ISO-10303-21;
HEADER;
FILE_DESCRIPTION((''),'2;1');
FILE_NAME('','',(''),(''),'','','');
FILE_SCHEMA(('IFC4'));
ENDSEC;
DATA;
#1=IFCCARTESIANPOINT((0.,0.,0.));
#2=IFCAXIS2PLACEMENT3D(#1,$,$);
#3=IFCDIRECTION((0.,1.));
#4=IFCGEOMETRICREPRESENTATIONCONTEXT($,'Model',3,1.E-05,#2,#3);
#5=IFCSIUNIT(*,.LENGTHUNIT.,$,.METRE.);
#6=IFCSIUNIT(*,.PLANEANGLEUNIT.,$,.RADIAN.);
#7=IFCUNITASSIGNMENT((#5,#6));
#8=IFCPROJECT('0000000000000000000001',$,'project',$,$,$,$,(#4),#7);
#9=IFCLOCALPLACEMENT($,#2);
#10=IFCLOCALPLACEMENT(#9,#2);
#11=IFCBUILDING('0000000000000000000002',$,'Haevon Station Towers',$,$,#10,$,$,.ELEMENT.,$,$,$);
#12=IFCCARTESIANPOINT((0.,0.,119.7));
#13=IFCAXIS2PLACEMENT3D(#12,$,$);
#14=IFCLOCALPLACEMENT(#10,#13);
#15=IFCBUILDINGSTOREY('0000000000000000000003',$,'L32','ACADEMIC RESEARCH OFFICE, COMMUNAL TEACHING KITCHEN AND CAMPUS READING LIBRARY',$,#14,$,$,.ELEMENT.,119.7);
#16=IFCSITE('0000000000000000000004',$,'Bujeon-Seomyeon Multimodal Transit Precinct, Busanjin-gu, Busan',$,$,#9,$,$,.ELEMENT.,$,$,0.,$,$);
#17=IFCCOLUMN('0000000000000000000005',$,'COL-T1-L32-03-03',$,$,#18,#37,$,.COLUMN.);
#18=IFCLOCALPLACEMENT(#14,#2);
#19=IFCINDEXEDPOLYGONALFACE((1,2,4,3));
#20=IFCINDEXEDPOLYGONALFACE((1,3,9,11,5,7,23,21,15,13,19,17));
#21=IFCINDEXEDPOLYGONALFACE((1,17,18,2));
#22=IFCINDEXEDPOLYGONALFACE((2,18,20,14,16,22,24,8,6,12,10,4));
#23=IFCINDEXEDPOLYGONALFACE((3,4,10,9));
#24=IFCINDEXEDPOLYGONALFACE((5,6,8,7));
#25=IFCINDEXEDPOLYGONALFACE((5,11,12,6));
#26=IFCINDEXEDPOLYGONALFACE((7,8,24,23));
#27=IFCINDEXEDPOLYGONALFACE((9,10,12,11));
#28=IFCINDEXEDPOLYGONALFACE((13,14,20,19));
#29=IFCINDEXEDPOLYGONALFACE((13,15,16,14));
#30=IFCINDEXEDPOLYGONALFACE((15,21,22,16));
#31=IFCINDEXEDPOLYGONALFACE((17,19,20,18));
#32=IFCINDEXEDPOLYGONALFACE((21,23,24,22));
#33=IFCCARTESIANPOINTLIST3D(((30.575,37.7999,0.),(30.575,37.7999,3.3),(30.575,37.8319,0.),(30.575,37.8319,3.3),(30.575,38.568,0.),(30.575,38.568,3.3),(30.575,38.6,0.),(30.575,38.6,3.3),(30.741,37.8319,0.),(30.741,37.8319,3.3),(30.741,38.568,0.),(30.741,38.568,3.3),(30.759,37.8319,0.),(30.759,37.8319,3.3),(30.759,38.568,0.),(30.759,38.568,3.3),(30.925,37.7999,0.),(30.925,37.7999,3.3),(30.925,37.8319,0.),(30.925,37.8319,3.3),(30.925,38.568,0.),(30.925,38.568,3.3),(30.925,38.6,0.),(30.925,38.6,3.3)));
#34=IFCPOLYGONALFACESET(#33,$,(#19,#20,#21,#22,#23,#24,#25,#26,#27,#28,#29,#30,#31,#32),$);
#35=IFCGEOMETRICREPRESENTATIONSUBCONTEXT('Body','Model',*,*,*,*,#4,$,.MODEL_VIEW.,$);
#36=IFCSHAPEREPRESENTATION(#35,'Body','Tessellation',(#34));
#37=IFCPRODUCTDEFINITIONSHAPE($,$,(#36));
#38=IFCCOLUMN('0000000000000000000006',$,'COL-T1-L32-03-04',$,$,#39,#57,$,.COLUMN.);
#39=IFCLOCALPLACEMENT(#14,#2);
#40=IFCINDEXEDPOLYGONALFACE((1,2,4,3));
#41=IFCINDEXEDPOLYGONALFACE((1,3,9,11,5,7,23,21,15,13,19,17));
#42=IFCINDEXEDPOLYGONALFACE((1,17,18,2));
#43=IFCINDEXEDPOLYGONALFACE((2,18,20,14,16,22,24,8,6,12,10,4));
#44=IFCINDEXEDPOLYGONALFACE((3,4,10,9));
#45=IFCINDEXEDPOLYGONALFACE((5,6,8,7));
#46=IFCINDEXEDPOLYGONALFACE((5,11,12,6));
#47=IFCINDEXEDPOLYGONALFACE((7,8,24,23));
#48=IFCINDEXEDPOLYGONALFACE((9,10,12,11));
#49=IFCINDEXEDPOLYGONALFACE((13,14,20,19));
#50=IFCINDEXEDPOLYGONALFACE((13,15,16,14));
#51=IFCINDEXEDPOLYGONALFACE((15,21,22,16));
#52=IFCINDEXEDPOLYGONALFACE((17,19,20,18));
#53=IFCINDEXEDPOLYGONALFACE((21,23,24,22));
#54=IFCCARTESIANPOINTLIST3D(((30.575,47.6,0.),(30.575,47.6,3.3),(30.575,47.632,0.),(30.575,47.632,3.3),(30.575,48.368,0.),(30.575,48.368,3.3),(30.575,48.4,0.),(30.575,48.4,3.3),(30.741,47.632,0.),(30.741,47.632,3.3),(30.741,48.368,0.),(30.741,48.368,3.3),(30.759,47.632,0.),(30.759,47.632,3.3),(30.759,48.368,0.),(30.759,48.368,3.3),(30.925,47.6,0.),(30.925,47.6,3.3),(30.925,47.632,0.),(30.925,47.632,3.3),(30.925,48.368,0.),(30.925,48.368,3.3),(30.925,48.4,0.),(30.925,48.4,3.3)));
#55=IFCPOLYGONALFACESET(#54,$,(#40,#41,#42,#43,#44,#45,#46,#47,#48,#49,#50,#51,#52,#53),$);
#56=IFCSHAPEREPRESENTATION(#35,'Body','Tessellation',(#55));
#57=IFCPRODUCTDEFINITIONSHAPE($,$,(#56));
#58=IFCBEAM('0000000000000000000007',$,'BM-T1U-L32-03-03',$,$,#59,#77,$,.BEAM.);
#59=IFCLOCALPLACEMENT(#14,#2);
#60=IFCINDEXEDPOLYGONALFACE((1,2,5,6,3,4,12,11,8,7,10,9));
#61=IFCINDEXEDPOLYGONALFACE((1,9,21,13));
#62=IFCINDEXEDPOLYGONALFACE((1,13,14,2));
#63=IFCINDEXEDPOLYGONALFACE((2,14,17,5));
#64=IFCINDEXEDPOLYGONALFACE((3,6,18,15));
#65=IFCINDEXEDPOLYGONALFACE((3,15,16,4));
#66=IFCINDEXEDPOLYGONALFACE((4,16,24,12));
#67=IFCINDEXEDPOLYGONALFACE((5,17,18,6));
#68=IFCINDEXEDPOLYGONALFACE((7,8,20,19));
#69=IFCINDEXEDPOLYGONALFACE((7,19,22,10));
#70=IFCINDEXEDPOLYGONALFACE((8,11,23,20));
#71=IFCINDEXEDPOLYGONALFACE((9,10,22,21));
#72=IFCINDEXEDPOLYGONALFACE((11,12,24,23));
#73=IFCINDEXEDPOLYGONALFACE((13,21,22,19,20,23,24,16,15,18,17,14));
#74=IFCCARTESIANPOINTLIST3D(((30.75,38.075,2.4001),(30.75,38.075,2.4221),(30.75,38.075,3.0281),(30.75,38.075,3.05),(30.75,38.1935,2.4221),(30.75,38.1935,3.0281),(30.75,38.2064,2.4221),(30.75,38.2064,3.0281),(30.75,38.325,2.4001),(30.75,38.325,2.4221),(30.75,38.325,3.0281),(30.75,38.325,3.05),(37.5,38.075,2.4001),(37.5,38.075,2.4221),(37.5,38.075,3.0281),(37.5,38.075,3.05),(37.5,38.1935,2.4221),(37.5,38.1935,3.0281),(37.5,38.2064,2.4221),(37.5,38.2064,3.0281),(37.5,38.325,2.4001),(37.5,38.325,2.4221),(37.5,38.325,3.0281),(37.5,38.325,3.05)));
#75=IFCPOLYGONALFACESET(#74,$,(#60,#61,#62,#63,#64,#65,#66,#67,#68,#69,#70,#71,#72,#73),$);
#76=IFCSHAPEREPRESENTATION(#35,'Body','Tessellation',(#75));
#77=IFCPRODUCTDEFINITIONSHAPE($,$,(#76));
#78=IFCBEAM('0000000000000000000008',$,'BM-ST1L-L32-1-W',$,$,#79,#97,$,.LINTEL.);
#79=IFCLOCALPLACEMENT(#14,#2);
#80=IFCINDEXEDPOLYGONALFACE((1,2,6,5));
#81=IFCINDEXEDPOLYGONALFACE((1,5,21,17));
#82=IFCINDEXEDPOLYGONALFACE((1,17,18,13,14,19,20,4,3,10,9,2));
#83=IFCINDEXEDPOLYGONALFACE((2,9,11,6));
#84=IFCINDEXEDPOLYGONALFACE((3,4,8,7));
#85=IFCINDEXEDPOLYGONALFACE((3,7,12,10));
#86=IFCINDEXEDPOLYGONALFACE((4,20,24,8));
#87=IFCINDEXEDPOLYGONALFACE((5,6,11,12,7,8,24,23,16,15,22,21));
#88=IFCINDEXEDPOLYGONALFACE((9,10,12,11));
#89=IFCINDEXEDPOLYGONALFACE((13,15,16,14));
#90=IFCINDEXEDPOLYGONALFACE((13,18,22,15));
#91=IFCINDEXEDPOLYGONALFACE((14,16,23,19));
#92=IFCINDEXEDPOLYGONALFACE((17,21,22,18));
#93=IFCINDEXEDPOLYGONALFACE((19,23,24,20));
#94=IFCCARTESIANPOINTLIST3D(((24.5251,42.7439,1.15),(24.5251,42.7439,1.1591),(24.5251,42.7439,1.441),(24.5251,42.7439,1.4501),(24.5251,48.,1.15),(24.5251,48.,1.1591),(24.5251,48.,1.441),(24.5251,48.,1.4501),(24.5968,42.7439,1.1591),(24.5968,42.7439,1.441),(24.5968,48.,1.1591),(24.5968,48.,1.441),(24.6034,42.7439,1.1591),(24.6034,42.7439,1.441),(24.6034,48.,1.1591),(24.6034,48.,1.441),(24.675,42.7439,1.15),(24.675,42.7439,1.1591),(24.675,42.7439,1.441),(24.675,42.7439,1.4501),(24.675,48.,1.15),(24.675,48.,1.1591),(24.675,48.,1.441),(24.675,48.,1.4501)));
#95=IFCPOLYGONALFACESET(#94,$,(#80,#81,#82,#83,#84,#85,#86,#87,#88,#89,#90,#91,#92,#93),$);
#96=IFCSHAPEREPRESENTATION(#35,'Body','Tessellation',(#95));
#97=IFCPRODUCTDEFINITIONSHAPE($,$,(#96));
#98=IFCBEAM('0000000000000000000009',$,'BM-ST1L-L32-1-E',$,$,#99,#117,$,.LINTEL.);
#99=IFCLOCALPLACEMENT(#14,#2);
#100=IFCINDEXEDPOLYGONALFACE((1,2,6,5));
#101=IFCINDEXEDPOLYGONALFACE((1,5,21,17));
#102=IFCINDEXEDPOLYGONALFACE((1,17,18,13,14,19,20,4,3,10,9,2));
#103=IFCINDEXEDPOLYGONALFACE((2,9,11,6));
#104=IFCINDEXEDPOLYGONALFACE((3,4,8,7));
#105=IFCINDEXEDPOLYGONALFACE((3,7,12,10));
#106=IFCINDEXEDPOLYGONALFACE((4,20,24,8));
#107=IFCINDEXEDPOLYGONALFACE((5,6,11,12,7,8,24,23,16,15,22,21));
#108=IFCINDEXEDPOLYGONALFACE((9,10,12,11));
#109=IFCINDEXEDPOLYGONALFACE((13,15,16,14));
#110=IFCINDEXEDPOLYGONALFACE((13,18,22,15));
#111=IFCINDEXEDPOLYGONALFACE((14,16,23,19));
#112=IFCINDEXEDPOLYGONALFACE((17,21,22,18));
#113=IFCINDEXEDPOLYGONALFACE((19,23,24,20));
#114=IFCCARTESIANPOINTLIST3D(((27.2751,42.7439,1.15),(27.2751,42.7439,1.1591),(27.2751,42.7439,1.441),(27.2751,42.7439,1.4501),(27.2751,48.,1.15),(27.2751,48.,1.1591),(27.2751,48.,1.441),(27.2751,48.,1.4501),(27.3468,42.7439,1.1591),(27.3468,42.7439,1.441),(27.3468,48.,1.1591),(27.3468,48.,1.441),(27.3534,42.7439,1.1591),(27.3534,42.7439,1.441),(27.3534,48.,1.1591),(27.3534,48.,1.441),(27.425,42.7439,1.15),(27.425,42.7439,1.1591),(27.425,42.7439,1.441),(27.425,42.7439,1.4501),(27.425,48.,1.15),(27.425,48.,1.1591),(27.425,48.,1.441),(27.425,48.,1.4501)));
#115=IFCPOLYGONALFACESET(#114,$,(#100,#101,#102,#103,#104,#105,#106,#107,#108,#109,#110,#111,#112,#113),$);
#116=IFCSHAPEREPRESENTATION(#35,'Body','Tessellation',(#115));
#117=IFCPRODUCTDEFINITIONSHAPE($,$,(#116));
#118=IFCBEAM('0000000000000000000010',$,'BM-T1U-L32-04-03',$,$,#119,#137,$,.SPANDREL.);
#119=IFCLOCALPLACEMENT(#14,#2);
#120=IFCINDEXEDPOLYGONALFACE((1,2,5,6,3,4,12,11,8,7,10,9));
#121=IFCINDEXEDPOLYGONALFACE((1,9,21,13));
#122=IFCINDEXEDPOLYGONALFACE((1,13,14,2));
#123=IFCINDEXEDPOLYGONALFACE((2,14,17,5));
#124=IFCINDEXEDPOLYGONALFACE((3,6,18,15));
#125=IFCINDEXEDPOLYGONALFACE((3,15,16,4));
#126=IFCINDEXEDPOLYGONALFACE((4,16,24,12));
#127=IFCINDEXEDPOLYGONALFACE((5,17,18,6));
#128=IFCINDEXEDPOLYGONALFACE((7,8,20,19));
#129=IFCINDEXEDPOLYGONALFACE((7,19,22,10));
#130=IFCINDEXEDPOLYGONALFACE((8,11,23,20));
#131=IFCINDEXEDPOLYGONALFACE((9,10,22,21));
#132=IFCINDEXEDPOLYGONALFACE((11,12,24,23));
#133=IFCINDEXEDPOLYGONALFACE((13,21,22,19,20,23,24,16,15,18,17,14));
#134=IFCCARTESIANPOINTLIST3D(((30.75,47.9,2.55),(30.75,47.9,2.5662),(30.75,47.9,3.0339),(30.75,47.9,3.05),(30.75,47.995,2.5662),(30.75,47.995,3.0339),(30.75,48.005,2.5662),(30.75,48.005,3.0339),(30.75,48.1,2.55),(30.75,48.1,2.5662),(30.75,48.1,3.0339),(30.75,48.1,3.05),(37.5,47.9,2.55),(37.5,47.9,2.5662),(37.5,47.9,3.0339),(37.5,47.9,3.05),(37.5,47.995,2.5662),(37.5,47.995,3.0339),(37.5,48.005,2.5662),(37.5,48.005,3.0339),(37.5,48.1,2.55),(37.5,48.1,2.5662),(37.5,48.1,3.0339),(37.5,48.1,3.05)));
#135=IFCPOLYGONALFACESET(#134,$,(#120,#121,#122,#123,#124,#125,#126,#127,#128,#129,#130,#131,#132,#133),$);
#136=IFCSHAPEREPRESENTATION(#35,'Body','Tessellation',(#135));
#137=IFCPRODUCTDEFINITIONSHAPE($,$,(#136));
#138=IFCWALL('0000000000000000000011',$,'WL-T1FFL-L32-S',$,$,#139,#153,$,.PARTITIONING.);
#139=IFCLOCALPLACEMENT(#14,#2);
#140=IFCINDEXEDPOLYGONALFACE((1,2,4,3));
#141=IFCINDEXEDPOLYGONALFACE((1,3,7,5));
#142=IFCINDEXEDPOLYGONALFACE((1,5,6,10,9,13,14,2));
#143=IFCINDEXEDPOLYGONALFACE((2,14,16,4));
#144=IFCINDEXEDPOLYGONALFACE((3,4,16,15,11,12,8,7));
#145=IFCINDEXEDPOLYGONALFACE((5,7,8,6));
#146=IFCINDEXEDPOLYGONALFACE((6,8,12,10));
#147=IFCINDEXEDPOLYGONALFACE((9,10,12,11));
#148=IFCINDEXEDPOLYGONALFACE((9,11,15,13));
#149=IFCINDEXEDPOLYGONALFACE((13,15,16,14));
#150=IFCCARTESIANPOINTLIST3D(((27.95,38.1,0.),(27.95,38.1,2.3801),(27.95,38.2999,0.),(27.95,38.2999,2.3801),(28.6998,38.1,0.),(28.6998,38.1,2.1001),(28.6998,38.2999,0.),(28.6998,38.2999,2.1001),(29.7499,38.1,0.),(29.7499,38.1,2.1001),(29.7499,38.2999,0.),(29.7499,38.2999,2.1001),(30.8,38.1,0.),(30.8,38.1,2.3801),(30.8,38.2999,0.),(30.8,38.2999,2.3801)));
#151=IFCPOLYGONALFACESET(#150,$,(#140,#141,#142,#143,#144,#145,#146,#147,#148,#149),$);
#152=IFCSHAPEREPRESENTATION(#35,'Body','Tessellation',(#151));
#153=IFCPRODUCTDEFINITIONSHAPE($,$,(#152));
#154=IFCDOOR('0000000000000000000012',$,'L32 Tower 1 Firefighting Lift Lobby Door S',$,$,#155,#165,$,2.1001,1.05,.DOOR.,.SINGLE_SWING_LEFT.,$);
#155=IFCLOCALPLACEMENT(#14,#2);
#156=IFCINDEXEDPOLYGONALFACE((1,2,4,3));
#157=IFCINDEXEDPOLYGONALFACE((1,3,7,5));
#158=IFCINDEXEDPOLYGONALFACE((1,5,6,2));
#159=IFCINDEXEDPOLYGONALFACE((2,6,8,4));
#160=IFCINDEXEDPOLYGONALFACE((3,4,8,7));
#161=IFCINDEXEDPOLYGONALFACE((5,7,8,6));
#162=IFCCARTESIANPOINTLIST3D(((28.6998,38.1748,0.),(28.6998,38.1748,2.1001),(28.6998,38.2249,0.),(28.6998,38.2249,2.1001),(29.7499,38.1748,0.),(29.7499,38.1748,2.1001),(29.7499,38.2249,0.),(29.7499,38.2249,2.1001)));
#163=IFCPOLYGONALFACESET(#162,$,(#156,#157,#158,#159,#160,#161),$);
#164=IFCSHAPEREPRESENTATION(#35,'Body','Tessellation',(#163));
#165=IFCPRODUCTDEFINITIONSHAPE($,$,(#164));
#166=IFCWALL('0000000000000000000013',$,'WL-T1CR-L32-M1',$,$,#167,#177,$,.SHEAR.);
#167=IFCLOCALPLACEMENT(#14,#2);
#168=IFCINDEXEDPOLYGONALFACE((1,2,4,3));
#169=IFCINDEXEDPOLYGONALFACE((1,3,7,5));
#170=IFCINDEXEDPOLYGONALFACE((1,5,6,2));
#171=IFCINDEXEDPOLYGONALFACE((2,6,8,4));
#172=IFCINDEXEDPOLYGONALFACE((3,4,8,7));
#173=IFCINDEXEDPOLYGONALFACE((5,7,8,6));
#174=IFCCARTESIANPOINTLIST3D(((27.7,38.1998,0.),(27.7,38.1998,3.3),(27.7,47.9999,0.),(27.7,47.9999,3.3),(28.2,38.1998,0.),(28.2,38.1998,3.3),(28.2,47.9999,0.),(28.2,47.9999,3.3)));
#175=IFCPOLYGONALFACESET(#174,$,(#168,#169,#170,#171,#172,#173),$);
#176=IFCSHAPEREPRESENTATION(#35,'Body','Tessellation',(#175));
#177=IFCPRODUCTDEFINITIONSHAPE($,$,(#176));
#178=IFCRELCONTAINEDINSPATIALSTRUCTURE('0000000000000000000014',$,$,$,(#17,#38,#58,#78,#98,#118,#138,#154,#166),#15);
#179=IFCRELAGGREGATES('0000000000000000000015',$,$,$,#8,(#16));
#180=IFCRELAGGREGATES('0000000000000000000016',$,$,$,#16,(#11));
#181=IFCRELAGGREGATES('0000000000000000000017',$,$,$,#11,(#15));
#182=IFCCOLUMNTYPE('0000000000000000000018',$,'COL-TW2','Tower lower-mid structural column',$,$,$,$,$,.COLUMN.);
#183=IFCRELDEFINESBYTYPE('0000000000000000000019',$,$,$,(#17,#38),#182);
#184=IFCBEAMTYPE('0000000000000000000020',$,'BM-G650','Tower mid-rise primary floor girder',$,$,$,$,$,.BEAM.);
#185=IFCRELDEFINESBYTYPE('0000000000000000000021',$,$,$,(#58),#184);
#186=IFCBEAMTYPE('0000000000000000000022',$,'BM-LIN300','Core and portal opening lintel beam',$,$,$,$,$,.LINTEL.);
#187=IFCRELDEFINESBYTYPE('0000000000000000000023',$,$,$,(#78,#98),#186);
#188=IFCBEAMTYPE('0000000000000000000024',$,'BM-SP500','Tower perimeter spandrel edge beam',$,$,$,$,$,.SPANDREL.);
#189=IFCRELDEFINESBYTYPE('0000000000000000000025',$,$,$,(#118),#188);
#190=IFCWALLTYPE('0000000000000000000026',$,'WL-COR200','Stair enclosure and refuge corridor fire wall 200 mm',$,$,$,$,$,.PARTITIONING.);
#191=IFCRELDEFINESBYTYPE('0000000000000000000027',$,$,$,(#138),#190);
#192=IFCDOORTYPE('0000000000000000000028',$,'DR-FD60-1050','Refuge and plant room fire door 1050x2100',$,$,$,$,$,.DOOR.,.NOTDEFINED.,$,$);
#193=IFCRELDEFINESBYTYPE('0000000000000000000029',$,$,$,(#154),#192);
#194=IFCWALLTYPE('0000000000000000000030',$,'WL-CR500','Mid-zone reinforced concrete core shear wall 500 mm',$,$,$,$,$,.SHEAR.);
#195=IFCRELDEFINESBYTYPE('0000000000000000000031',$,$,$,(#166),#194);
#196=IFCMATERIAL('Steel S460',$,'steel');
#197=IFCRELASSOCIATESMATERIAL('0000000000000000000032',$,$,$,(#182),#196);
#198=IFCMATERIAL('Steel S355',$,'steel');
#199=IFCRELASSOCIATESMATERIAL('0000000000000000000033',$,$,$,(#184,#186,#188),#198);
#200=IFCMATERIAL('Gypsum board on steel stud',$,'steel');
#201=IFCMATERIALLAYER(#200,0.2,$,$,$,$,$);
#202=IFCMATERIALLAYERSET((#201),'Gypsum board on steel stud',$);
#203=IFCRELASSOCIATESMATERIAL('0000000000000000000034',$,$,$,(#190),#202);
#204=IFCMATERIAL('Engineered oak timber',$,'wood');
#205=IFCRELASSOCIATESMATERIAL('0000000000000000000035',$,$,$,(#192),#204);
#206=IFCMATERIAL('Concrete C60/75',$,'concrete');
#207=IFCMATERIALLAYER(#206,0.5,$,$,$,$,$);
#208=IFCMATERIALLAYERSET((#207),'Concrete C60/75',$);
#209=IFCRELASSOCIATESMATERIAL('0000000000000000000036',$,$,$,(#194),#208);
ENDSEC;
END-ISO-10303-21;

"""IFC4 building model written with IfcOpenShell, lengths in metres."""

from ifc_helpers import new_model, si_unit, direction, frame, frame_2d, origin, origin_2d, place, context, subcontext, project, spatial, rectangle, i_section, extrude, material, layer, layer_set, material_profile, profile_set, type_object, element, fill, save


model = new_model("IFC4")

# Units and contexts
model_context = context("Model", 3, precision=1e-05, world=origin(), true_north=direction((0.0, 1.0)))
body_context = subcontext(model_context, "Body", "Model", "MODEL_VIEW")
ifc_project = project(units=[si_unit("LENGTHUNIT", "METRE"), si_unit("PLANEANGLEUNIT", "RADIAN")], contexts=[model_context])

# Site, building, storey
site_placement = place(None, origin())
site = spatial("IfcSite", under=ifc_project, at=site_placement, Name="Bujeon-Seomyeon Multimodal Transit Precinct, Busanjin-gu, Busan", CompositionType="ELEMENT", RefElevation=0.0)
building_placement = place(site_placement, origin())
building = spatial("IfcBuilding", under=site, at=building_placement, Name="Haevon Station Towers", CompositionType="ELEMENT")
storey_placement = place(building_placement, frame((0.0, 0.0, 119.7)))
storey = spatial("IfcBuildingStorey", under=building, at=storey_placement, Name="L32", Description="ACADEMIC RESEARCH OFFICE, COMMUNAL TEACHING KITCHEN AND CAMPUS READING LIBRARY", CompositionType="ELEMENT", Elevation=119.7)

# Columns
ifc_material_1 = material(Name="Steel S460", Category="steel")
ifc_material_profile_1 = material_profile(ifc_material_1, i_section(OverallWidth=0.3501, OverallDepth=0.8, WebThickness=0.0181, FlangeThickness=0.032, at=origin_2d()), Name="H-800x350x18x32")
ifc_profile_set_1 = profile_set([ifc_material_profile_1], Name="Steel S460")
column_type = type_object("IfcColumnType", Name="COL-TW2", Description="Tower lower-mid structural column", PredefinedType="COLUMN", material=ifc_profile_set_1)
for number, where, z_axis, x_axis, name in (
    (1, (30.75, 38.2, 0.0), (0.0, 0.0, 1.0), (1.0, 0.0, 0.0), "COL-T1-L32-03-03"),
    (2, (30.75, 48.0, 0.0), (0.0, 0.0, 1.0), (1.0, 0.0, 0.0), "COL-T1-L32-03-04"),
):
    element("IfcColumn", number, at=place(storey_placement, frame(where, z_axis=z_axis, x_axis=x_axis)), inside=storey, type_object=column_type, Name=name, PredefinedType="COLUMN", context=body_context, shape_type="SweptSolid", body=[
        extrude(i_section(OverallWidth=0.3501, OverallDepth=0.8, WebThickness=0.0181, FlangeThickness=0.032, at=origin_2d()), origin(), (0.0, 0.0, 1.0), 3.3),
    ])

# Beams
ifc_material_2 = material(Name="Steel S355", Category="steel")
ifc_material_profile_2 = material_profile(ifc_material_2, i_section(OverallWidth=0.25, OverallDepth=0.6499, WebThickness=0.0129, FlangeThickness=0.022, at=origin_2d()), Name="H-650x250x13x22")
ifc_profile_set_2 = profile_set([ifc_material_profile_2], Name="Steel S355")
beam_type_1 = type_object("IfcBeamType", Name="BM-G650", Description="Tower mid-rise primary floor girder", PredefinedType="BEAM", material=ifc_profile_set_2)
beam_1_placement = place(storey_placement, frame((30.75, 38.2, 2.7251), z_axis=(1.0, 0.0, 0.0), x_axis=(0.0, 1.0, 0.0)))
element("IfcBeam", 3, at=beam_1_placement, inside=storey, type_object=beam_type_1, Name="BM-T1U-L32-03-03", PredefinedType="BEAM", context=body_context, shape_type="SweptSolid", body=[
    extrude(i_section(OverallWidth=0.25, OverallDepth=0.6499, WebThickness=0.0129, FlangeThickness=0.022, at=origin_2d()), origin(), (0.0, 0.0, 1.0), 6.75),
])
ifc_material_profile_3 = material_profile(ifc_material_2, i_section(OverallWidth=0.1499, OverallDepth=0.3, WebThickness=0.0066, FlangeThickness=0.009, at=origin_2d()), Name="H-300x150x6.5x9")
ifc_profile_set_3 = profile_set([ifc_material_profile_3], Name="Steel S355")
beam_type_2 = type_object("IfcBeamType", Name="BM-LIN300", Description="Core and portal opening lintel beam", PredefinedType="LINTEL", material=ifc_profile_set_3)
for number, where, z_axis, x_axis, name in (
    (4, (24.6001, 42.7439, 1.3), (0.0, 1.0, 0.0), (-1.0, 0.0, 0.0), "BM-ST1L-L32-1-W"),
    (5, (27.3501, 42.7439, 1.3), (0.0, 1.0, 0.0), (-1.0, 0.0, 0.0), "BM-ST1L-L32-1-E"),
):
    element("IfcBeam", number, at=place(storey_placement, frame(where, z_axis=z_axis, x_axis=x_axis)), inside=storey, type_object=beam_type_2, Name=name, PredefinedType="LINTEL", context=body_context, shape_type="SweptSolid", body=[
        extrude(i_section(OverallWidth=0.1499, OverallDepth=0.3, WebThickness=0.0066, FlangeThickness=0.009, at=origin_2d()), origin(), (0.0, 0.0, 1.0), 5.2561),
    ])
ifc_material_profile_4 = material_profile(ifc_material_2, i_section(OverallWidth=0.2, OverallDepth=0.5, WebThickness=0.01, FlangeThickness=0.0161, at=origin_2d()), Name="H-500x200x10x16")
ifc_profile_set_4 = profile_set([ifc_material_profile_4], Name="Steel S355")
beam_type_3 = type_object("IfcBeamType", Name="BM-SP500", Description="Tower perimeter spandrel edge beam", PredefinedType="SPANDREL", material=ifc_profile_set_4)
beam_2_placement = place(storey_placement, frame((30.75, 48.0, 2.8), z_axis=(1.0, 0.0, 0.0), x_axis=(0.0, 1.0, 0.0)))
element("IfcBeam", 6, at=beam_2_placement, inside=storey, type_object=beam_type_3, Name="BM-T1U-L32-04-03", PredefinedType="SPANDREL", context=body_context, shape_type="SweptSolid", body=[
    extrude(i_section(OverallWidth=0.2, OverallDepth=0.5, WebThickness=0.01, FlangeThickness=0.0161, at=origin_2d()), origin(), (0.0, 0.0, 1.0), 6.75),
])

# Wall, opening, door
ifc_material_3 = material(Name="Gypsum board on steel stud", Category="steel")
ifc_layer_1 = layer(ifc_material_3, 0.2)
ifc_layer_set_1 = layer_set([ifc_layer_1], Name="Gypsum board on steel stud")
wall_type_1 = type_object("IfcWallType", Name="WL-COR200", Description="Stair enclosure and refuge corridor fire wall 200 mm", PredefinedType="PARTITIONING", material=ifc_layer_set_1)
wall_1_placement = place(storey_placement, frame((27.95, 38.2, 0.0), z_axis=(0.0, 0.0, 1.0), x_axis=(1.0, 0.0, 0.0)))
wall_1 = element("IfcWall", 7, at=wall_1_placement, inside=storey, type_object=wall_type_1, Name="WL-T1FFL-L32-S", PredefinedType="PARTITIONING", context=body_context, shape_type="SweptSolid", body=[
    extrude(rectangle(XDim=2.8501, YDim=0.2, at=frame_2d((1.425, 0.0))), origin(), (0.0, 0.0, 1.0), 2.3801),
])
opening_1_placement = place(wall_1_placement, frame((0.75, 0.0, 0.0)))
opening_1 = element("IfcOpeningElement", 8, at=opening_1_placement, cuts=wall_1, PredefinedType="OPENING", context=body_context, shape_type="SweptSolid", body=[
    extrude(rectangle(XDim=1.05, YDim=2.1001, at=frame_2d((0.5249, 1.05))), frame((0.0, 0.1099, 0.0), z_axis=(0.0, -1.0, 0.0), x_axis=(1.0, 0.0, 0.0)), (0.0, 0.0, 1.0), 0.22),
])
ifc_material_4 = material(Name="Engineered oak timber", Category="wood")
door_type_1 = type_object("IfcDoorType", Name="DR-FD60-1050", Description="Refuge and plant room fire door 1050x2100", OperationType="NOTDEFINED", PredefinedType="DOOR", material=ifc_material_4)
door_1_placement = place(opening_1_placement, origin())
door_1 = element("IfcDoor", 9, at=door_1_placement, inside=storey, type_object=door_type_1, Name="L32 Tower 1 Firefighting Lift Lobby Door S", OperationType="SINGLE_SWING_LEFT", OverallHeight=2.1001, OverallWidth=1.05, PredefinedType="DOOR", context=body_context, shape_type="SweptSolid", body=[
    extrude(rectangle(XDim=1.05, YDim=2.1001, at=frame_2d((0.5249, 1.05))), frame((0.0, 0.0249, 0.0), z_axis=(0.0, -1.0, 0.0), x_axis=(1.0, 0.0, 0.0)), (0.0, 0.0, 1.0), 0.05),
])
fill(opening_1, door_1)

# Wall
ifc_material_5 = material(Name="Concrete C60/75", Category="concrete")
ifc_layer_2 = layer(ifc_material_5, 0.5)
ifc_layer_set_2 = layer_set([ifc_layer_2], Name="Concrete C60/75")
wall_type_2 = type_object("IfcWallType", Name="WL-CR500", Description="Mid-zone reinforced concrete core shear wall 500 mm", PredefinedType="SHEAR", material=ifc_layer_set_2)
wall_2_placement = place(storey_placement, frame((27.95, 38.2, 0.0), z_axis=(0.0, 0.0, 1.0), x_axis=(0.0, 1.0, 0.0)))
element("IfcWall", 10, at=wall_2_placement, inside=storey, type_object=wall_type_2, Name="WL-T1CR-L32-M1", PredefinedType="SHEAR", context=body_context, shape_type="SweptSolid", body=[
    extrude(rectangle(XDim=9.8, YDim=0.5, at=frame_2d((4.8999, 0.0))), origin(), (0.0, 0.0, 1.0), 3.3),
])

save(model, "model.ifc")
